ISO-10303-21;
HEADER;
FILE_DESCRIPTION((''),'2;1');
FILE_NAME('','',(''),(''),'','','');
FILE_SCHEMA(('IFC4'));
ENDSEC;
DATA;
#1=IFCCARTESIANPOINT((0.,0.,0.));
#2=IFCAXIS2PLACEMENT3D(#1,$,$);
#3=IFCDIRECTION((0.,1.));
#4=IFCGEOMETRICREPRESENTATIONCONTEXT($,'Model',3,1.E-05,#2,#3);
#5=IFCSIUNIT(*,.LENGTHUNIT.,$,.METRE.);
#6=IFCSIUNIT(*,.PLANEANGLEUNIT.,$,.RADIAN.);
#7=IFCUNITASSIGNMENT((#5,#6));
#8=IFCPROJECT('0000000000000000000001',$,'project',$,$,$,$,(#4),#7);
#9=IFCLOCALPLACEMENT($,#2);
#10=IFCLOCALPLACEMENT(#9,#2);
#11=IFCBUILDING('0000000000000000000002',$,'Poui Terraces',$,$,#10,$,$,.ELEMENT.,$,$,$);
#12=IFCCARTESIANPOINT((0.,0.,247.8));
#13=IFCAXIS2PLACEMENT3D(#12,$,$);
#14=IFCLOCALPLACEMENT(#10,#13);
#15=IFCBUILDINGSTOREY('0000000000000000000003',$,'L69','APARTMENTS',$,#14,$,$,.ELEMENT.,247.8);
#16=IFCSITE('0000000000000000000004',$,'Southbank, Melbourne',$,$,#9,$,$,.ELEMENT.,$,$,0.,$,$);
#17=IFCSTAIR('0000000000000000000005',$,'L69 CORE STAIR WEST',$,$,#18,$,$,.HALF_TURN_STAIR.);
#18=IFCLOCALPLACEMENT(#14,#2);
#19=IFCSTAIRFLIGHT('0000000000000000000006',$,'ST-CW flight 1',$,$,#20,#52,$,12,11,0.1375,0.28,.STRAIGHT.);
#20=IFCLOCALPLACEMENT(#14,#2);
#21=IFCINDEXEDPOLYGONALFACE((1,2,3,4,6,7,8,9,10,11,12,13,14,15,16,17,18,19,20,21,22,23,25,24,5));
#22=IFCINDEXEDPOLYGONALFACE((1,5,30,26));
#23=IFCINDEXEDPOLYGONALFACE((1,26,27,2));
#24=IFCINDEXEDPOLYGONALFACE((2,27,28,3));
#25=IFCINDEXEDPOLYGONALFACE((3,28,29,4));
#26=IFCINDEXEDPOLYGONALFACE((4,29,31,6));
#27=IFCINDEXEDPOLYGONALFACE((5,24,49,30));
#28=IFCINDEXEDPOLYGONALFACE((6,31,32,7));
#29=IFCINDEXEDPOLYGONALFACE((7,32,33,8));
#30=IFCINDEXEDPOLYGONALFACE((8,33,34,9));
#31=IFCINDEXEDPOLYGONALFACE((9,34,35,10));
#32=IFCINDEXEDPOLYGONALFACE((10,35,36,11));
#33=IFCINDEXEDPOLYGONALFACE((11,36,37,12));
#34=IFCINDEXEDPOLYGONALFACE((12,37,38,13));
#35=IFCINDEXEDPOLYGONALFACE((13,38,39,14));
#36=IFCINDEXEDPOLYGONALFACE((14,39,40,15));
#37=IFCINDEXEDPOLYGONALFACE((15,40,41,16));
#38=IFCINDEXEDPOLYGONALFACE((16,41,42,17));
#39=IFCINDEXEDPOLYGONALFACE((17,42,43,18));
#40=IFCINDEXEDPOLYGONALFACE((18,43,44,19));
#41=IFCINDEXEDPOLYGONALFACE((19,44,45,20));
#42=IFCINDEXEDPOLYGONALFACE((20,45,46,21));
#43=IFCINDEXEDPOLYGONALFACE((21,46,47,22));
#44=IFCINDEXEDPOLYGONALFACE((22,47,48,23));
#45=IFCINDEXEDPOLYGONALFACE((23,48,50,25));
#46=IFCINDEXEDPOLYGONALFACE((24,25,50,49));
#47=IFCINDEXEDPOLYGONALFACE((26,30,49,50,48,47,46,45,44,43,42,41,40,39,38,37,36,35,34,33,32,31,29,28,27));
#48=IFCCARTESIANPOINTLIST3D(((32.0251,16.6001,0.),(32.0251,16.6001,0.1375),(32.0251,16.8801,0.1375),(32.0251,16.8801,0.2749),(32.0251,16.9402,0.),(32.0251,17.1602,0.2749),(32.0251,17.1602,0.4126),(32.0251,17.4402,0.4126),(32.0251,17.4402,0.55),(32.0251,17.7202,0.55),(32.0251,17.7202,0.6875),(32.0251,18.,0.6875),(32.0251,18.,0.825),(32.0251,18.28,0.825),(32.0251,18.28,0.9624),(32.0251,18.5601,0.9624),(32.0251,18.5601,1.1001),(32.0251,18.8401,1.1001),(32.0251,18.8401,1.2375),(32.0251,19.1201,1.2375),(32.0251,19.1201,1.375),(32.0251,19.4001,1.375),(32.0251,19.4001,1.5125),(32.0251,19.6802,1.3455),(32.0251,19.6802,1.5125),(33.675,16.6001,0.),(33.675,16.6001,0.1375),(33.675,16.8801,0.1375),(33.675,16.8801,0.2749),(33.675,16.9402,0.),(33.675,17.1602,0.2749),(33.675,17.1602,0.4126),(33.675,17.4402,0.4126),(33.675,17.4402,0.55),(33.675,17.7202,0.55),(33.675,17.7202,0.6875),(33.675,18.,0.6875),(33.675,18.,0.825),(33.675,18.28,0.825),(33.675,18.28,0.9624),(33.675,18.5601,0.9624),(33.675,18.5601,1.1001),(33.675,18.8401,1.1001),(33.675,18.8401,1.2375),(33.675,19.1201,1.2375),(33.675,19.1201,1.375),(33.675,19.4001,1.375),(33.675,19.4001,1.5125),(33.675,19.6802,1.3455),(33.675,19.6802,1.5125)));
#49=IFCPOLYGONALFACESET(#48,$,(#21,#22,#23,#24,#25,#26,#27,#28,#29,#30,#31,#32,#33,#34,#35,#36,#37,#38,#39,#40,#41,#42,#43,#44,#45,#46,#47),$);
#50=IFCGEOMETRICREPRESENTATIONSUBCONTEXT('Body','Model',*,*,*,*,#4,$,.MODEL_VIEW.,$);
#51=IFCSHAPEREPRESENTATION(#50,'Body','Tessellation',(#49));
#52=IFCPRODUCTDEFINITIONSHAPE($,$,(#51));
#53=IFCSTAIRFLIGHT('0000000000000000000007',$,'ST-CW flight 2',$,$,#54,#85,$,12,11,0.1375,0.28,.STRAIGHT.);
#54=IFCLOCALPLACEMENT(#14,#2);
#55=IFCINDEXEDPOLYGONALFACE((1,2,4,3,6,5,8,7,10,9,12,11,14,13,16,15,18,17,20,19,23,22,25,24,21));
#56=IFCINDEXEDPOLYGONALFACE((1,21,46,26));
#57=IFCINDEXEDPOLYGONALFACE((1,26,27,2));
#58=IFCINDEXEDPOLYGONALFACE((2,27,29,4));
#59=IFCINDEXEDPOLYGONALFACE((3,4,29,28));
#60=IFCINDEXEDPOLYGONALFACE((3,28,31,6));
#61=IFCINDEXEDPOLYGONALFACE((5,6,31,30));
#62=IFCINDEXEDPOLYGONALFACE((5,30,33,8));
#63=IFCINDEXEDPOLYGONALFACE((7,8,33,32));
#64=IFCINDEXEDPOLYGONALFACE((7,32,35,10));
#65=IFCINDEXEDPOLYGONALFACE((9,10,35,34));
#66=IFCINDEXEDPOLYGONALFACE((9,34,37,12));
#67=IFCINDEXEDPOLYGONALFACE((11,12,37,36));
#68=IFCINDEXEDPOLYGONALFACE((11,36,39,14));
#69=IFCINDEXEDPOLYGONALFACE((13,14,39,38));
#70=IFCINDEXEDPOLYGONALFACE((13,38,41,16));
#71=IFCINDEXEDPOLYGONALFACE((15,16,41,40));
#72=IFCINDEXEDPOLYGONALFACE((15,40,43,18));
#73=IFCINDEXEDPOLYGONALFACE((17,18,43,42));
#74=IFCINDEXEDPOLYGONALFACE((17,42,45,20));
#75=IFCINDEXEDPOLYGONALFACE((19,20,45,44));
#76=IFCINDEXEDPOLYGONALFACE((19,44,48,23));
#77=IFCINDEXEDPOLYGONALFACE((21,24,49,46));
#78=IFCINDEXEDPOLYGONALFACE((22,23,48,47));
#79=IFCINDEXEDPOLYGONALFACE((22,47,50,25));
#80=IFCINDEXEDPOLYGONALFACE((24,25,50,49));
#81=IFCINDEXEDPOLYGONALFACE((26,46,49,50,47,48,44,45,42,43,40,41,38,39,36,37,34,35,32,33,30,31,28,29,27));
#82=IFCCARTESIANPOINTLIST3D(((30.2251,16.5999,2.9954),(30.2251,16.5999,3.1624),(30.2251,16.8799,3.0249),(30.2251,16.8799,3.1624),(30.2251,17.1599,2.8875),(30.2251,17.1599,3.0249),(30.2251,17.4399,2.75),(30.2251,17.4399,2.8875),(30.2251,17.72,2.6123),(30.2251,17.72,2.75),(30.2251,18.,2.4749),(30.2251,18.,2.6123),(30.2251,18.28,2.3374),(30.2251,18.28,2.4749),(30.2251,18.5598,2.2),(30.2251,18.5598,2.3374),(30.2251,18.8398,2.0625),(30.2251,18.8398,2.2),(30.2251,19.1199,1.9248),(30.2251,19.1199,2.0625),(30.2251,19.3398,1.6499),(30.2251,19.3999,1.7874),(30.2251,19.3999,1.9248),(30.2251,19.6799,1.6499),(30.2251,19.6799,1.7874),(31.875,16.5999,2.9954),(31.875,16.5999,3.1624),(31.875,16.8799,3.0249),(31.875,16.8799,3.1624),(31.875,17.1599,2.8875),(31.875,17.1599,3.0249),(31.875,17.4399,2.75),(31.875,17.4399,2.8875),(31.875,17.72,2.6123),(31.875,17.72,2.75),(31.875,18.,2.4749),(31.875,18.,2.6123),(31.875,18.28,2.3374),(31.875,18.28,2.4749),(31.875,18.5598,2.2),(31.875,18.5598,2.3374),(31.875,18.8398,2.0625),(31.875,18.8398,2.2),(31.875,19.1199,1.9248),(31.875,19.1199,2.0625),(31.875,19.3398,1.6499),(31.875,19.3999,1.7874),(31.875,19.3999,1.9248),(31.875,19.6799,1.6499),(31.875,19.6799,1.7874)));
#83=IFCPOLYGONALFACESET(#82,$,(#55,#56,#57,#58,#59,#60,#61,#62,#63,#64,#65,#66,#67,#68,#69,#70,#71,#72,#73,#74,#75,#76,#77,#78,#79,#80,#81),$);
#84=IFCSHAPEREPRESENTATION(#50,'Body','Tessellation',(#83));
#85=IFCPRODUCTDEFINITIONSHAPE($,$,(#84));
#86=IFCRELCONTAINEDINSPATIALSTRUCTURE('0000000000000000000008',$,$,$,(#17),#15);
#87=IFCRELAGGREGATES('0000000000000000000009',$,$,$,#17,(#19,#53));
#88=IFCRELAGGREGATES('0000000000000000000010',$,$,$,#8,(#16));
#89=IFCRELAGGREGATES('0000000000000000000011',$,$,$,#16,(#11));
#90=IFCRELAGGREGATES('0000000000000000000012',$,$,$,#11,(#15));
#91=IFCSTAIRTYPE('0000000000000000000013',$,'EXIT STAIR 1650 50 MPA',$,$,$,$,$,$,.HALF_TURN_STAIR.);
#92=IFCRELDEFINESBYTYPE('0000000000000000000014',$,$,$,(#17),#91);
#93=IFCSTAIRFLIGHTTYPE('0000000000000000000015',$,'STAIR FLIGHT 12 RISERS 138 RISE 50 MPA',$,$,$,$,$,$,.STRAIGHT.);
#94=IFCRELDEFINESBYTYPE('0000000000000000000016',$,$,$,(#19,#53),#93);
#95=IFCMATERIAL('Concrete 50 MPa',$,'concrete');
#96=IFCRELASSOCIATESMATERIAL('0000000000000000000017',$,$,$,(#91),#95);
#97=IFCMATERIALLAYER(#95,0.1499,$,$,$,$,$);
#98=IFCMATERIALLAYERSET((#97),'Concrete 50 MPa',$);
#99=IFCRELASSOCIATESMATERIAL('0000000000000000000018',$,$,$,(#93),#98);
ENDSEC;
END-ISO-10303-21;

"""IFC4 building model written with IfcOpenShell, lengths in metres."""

from ifc_helpers import new_model, si_unit, direction, frame, origin, place, context, subcontext, project, spatial, polyline, outline, extrude, material, layer, layer_set, type_object, element, aggregate, save


model = new_model("IFC4")

# Units and contexts
model_context = context("Model", 3, precision=1e-05, world=origin(), true_north=direction((0.0, 1.0)))
body_context = subcontext(model_context, "Body", "Model", "MODEL_VIEW")
ifc_project = project(units=[si_unit("LENGTHUNIT", "METRE"), si_unit("PLANEANGLEUNIT", "RADIAN")], contexts=[model_context])

# Site, building, storey
site_placement = place(None, origin())
site = spatial("IfcSite", under=ifc_project, at=site_placement, Name="Southbank, Melbourne", CompositionType="ELEMENT", RefElevation=0.0)
building_placement = place(site_placement, origin())
building = spatial("IfcBuilding", under=site, at=building_placement, Name="Poui Terraces", CompositionType="ELEMENT")
storey_placement = place(building_placement, frame((0.0, 0.0, 247.8)))
storey = spatial("IfcBuildingStorey", under=building, at=storey_placement, Name="L69", Description="APARTMENTS", CompositionType="ELEMENT", Elevation=247.8)

# Shared definitions
ifc_material_1 = material(Name="Concrete 50 MPa", Category="concrete")

# Stair, stair flights
stair_type = type_object("IfcStairType", Name="EXIT STAIR 1650 50 MPA", PredefinedType="HALF_TURN_STAIR", material=ifc_material_1)
stair_placement = place(storey_placement, origin())
stair = element("IfcStair", 1, at=stair_placement, inside=storey, type_object=stair_type, Name="L69 CORE STAIR WEST", PredefinedType="HALF_TURN_STAIR")
ifc_layer_1 = layer(ifc_material_1, 0.1499)
ifc_layer_set_1 = layer_set([ifc_layer_1], Name="Concrete 50 MPa")
stair_flight_type = type_object("IfcStairFlightType", Name="STAIR FLIGHT 12 RISERS 138 RISE 50 MPA", PredefinedType="STRAIGHT", material=ifc_layer_set_1)
stair_flight_1_placement = place(storey_placement, frame((32.8501, 16.6001, 0.0), z_axis=(0.0, 0.0, 1.0), x_axis=(0.0, 1.0, 0.0)))
stair_flight_1 = element("IfcStairFlight", 2, at=stair_flight_1_placement, type_object=stair_flight_type, Name="ST-CW flight 1", NumberOfRisers=12, NumberOfTreads=11, PredefinedType="STRAIGHT", RiserHeight=0.1375, TreadLength=0.28, context=body_context, shape_type="SweptSolid", body=[
    extrude(outline(polyline([(0.0, 0.0), (0.0, 0.1375), (0.28, 0.1375), (0.28, 0.2749), (0.5601, 0.2749), (0.5601, 0.4126), (0.8401, 0.4126), (0.8401, 0.55), (1.1201, 0.55), (1.1201, 0.6875), (1.3999, 0.6875), (1.3999, 0.825), (1.6799, 0.825), (1.6799, 0.9624), (1.96, 0.9624), (1.96, 1.1001), (2.24, 1.1001), (2.24, 1.2375), (2.52, 1.2375), (2.52, 1.375), (2.8, 1.375), (2.8, 1.5125), (3.0801, 1.5125), (3.0801, 1.6499), (3.0801, 1.3455), (0.3401, 0.0), (0.0, 0.0)])), frame((0.0, 0.825, 0.0), z_axis=(0.0, -1.0, 0.0), x_axis=(1.0, 0.0, 0.0)), (0.0, 0.0, 1.0), 1.6499),
])
stair_flight_2_placement = place(storey_placement, frame((31.05, 19.6799, 1.6499), z_axis=(0.0, 0.0, 1.0), x_axis=(0.0, -1.0, 0.0)))
stair_flight_2 = element("IfcStairFlight", 3, at=stair_flight_2_placement, type_object=stair_flight_type, Name="ST-CW flight 2", NumberOfRisers=12, NumberOfTreads=11, PredefinedType="STRAIGHT", RiserHeight=0.1375, TreadLength=0.28, context=body_context, shape_type="SweptSolid", body=[
    extrude(outline(polyline([(0.0, 0.0), (0.0, 0.1375), (0.28, 0.1375), (0.28, 0.2749), (0.5601, 0.2749), (0.5601, 0.4126), (0.8401, 0.4126), (0.8401, 0.55), (1.1201, 0.55), (1.1201, 0.6875), (1.3999, 0.6875), (1.3999, 0.825), (1.6799, 0.825), (1.6799, 0.9624), (1.96, 0.9624), (1.96, 1.1001), (2.24, 1.1001), (2.24, 1.2375), (2.52, 1.2375), (2.52, 1.375), (2.8, 1.375), (2.8, 1.5125), (3.0801, 1.5125), (3.0801, 1.6499), (3.0801, 1.3455), (0.3401, 0.0), (0.0, 0.0)])), frame((0.0, 0.825, 0.0), z_axis=(0.0, -1.0, 0.0), x_axis=(1.0, 0.0, 0.0)), (0.0, 0.0, 1.0), 1.6499),
])
aggregate(stair, [stair_flight_1, stair_flight_2])

save(model, "model.ifc")
